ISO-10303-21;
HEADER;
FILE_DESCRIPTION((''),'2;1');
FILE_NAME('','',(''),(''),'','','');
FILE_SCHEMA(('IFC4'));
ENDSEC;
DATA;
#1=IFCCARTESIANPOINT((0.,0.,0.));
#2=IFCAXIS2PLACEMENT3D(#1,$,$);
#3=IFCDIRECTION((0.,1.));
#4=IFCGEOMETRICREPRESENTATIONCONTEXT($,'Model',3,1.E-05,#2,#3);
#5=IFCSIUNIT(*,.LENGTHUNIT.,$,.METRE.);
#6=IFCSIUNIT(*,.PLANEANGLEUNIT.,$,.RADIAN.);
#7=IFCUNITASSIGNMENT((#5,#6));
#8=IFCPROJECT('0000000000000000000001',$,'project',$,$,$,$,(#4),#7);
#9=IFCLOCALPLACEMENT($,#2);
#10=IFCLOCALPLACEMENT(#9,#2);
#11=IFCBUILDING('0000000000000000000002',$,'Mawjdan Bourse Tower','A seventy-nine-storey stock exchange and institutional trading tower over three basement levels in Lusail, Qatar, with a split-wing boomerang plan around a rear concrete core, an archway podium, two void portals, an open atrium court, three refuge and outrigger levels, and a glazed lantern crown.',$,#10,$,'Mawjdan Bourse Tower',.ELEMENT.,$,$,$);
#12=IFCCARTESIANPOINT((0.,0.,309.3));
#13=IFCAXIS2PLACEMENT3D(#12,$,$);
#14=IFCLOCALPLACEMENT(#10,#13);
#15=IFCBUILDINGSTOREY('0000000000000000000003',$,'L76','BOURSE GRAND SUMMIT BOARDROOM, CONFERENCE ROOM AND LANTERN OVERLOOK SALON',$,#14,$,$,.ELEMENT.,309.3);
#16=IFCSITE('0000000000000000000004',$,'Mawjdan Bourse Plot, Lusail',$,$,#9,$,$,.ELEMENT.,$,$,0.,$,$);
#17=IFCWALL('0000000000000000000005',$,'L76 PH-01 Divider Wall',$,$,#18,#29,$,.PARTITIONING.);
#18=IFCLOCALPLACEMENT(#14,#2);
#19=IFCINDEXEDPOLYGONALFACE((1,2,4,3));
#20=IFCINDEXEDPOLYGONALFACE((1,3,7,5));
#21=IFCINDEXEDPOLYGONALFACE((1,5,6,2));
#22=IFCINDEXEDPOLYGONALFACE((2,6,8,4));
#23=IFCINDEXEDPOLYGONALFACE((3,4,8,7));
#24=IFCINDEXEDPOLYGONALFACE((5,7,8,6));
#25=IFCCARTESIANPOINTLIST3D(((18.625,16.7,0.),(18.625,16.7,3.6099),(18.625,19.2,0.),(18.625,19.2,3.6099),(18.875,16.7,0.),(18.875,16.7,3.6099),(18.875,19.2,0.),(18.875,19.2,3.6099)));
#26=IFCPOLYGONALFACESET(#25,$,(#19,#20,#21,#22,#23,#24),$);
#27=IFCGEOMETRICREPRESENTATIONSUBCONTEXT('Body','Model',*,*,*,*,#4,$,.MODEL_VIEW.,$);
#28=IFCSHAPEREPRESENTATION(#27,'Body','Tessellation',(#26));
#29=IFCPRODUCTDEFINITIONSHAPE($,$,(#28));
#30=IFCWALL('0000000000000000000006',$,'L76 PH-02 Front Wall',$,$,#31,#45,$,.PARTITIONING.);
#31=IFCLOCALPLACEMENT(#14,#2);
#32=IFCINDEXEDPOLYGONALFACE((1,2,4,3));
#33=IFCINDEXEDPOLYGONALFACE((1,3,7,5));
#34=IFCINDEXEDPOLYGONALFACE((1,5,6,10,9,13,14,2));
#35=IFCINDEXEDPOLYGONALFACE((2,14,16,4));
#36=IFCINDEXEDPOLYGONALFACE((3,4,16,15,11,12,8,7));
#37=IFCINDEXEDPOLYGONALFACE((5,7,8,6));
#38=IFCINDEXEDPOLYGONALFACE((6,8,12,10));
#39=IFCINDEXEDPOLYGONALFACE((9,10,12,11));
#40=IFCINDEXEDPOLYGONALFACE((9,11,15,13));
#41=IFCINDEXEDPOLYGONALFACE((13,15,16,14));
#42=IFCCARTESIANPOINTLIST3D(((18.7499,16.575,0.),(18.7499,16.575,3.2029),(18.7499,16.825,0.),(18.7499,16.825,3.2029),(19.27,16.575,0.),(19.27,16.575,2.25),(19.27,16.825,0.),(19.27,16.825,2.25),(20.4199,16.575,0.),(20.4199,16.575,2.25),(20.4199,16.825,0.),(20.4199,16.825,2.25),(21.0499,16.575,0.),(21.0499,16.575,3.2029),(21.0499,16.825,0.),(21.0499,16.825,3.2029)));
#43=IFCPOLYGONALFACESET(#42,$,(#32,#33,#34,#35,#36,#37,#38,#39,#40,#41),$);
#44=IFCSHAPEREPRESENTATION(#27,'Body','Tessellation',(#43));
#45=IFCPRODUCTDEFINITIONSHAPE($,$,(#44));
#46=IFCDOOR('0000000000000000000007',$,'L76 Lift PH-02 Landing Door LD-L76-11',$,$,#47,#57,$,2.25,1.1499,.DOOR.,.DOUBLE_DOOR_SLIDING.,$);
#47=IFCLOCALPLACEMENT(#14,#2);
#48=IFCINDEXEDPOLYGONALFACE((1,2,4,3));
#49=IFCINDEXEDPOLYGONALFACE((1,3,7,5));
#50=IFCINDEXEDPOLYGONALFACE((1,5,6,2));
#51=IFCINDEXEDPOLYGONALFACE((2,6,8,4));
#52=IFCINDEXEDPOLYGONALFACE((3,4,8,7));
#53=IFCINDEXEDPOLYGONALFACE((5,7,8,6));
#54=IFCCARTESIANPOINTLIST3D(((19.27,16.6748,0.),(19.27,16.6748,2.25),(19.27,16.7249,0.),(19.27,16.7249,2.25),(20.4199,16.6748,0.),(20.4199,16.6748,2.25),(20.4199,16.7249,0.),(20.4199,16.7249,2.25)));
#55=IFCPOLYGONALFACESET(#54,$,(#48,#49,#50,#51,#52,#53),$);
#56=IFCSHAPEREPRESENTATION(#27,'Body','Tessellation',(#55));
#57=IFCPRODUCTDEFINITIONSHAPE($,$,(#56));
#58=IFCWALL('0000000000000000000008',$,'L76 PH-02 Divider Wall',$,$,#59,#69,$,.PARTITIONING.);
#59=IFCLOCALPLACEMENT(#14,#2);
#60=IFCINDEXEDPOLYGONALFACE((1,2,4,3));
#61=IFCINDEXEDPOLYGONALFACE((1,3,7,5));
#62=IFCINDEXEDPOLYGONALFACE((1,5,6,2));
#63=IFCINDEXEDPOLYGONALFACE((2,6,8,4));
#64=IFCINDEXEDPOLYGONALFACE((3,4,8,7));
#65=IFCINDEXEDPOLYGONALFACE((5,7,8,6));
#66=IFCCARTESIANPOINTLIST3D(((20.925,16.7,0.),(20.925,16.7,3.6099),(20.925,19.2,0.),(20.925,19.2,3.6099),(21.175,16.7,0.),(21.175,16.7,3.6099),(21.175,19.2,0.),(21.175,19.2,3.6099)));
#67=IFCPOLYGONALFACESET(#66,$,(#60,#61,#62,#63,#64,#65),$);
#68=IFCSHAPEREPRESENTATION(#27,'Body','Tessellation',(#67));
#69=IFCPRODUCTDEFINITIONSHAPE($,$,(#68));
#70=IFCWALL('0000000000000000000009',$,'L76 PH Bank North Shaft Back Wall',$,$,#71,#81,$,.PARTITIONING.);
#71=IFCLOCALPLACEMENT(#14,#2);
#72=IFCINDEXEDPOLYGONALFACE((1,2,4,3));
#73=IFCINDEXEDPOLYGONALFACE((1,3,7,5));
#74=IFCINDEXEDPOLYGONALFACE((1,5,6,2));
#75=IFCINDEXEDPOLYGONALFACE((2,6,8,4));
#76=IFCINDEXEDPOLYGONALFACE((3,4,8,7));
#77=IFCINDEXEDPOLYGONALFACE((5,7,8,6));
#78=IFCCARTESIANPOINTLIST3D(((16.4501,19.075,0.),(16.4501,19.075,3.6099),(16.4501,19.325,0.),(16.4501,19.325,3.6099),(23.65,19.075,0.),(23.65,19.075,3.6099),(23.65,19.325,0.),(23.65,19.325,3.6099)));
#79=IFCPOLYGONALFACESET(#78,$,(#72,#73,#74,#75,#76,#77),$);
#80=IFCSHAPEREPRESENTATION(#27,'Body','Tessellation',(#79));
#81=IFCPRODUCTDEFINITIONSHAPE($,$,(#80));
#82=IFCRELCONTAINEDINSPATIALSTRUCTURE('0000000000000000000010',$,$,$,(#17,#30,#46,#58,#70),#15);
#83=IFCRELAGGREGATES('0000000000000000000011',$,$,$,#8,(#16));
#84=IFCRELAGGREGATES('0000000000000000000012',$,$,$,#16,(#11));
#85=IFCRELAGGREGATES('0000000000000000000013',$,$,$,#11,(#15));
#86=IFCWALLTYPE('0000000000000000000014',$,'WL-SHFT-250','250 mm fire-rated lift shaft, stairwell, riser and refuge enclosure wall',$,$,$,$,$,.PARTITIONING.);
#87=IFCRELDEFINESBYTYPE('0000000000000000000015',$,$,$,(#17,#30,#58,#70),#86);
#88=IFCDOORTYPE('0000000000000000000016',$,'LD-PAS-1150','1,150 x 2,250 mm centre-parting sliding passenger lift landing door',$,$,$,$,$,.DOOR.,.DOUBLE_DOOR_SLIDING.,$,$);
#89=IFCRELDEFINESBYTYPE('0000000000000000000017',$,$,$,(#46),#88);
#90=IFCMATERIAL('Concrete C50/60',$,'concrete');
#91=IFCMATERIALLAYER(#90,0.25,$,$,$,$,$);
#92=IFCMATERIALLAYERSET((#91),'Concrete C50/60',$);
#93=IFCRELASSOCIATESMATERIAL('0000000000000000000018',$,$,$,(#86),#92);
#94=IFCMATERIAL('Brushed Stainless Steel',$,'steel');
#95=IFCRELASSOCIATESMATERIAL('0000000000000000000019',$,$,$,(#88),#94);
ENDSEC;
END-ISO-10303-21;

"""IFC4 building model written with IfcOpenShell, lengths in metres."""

from ifc_helpers import new_model, si_unit, direction, frame, frame_2d, origin, place, context, subcontext, project, spatial, rectangle, extrude, material, layer, layer_set, type_object, element, fill, save


model = new_model("IFC4")

# Units and contexts
model_context = context("Model", 3, precision=1e-05, world=origin(), true_north=direction((0.0, 1.0)))
body_context = subcontext(model_context, "Body", "Model", "MODEL_VIEW")
ifc_project = project(units=[si_unit("LENGTHUNIT", "METRE"), si_unit("PLANEANGLEUNIT", "RADIAN")], contexts=[model_context])

# Site, building, storey
site_placement = place(None, origin())
site = spatial("IfcSite", under=ifc_project, at=site_placement, Name="Mawjdan Bourse Plot, Lusail", CompositionType="ELEMENT", RefElevation=0.0)
building_placement = place(site_placement, origin())
building = spatial("IfcBuilding", under=site, at=building_placement, Name="Mawjdan Bourse Tower", Description="A seventy-nine-storey stock exchange and institutional trading tower over three basement levels in Lusail, Qatar, with a split-wing boomerang plan around a rear concrete core, an archway podium, two void portals, an open atrium court, three refuge and outrigger levels, and a glazed lantern crown.", LongName="Mawjdan Bourse Tower", CompositionType="ELEMENT")
storey_placement = place(building_placement, frame((0.0, 0.0, 309.3)))
storey = spatial("IfcBuildingStorey", under=building, at=storey_placement, Name="L76", Description="BOURSE GRAND SUMMIT BOARDROOM, CONFERENCE ROOM AND LANTERN OVERLOOK SALON", CompositionType="ELEMENT", Elevation=309.3)

# Shared definitions
ifc_material_1 = material(Name="Concrete C50/60", Category="concrete")
ifc_layer_1 = layer(ifc_material_1, 0.25)
ifc_layer_set_1 = layer_set([ifc_layer_1], Name="Concrete C50/60")
wall_type_1 = type_object("IfcWallType", Name="WL-SHFT-250", Description="250 mm fire-rated lift shaft, stairwell, riser and refuge enclosure wall", PredefinedType="PARTITIONING", material=ifc_layer_set_1)

# Shared definitions
ifc_material_2 = material(Name="Brushed Stainless Steel", Category="steel")
door_type_1 = type_object("IfcDoorType", Name="LD-PAS-1150", Description="1,150 x 2,250 mm centre-parting sliding passenger lift landing door", OperationType="DOUBLE_DOOR_SLIDING", PredefinedType="DOOR", material=ifc_material_2)

# Wall
wall_1_placement = place(storey_placement, frame((18.75, 16.7, 0.0), z_axis=(0.0, 0.0, 1.0), x_axis=(0.0, 1.0, 0.0)))
element("IfcWall", 1, at=wall_1_placement, inside=storey, type_object=wall_type_1, Name="L76 PH-01 Divider Wall", PredefinedType="PARTITIONING", context=body_context, shape_type="SweptSolid", body=[
    extrude(rectangle(XDim=2.5, YDim=0.25, at=frame_2d((1.25, 0.0))), origin(), (0.0, 0.0, 1.0), 3.6099),
])

# Wall, opening, door
wall_2_placement = place(storey_placement, frame((18.75, 16.7, 0.0), z_axis=(0.0, 0.0, 1.0), x_axis=(1.0, 0.0, 0.0)))
wall_2 = element("IfcWall", 2, at=wall_2_placement, inside=storey, type_object=wall_type_1, Name="L76 PH-02 Front Wall", PredefinedType="PARTITIONING", context=body_context, shape_type="SweptSolid", body=[
    extrude(rectangle(XDim=2.3, YDim=0.25, at=frame_2d((1.1499, 0.0))), origin(), (0.0, 0.0, 1.0), 3.2029),
])
opening_1_placement = place(wall_2_placement, frame((0.52, 0.0, 0.0)))
opening_1 = element("IfcOpeningElement", 3, at=opening_1_placement, cuts=wall_2, PredefinedType="OPENING", context=body_context, shape_type="SweptSolid", body=[
    extrude(rectangle(XDim=1.1499, YDim=2.25, at=frame_2d((0.575, 1.125))), frame((0.0, 0.135, 0.0), z_axis=(0.0, -1.0, 0.0), x_axis=(1.0, 0.0, 0.0)), (0.0, 0.0, 1.0), 0.27),
])
door_1_placement = place(opening_1_placement, origin())
door_1 = element("IfcDoor", 4, at=door_1_placement, inside=storey, type_object=door_type_1, Name="L76 Lift PH-02 Landing Door LD-L76-11", OperationType="DOUBLE_DOOR_SLIDING", OverallHeight=2.25, OverallWidth=1.1499, PredefinedType="DOOR", context=body_context, shape_type="SweptSolid", body=[
    extrude(rectangle(XDim=1.1499, YDim=2.25, at=frame_2d((0.575, 1.125))), frame((0.0, 0.0249, 0.0), z_axis=(0.0, -1.0, 0.0), x_axis=(1.0, 0.0, 0.0)), (0.0, 0.0, 1.0), 0.05),
])
fill(opening_1, door_1)

# Walls
wall_3_placement = place(storey_placement, frame((21.05, 16.7, 0.0), z_axis=(0.0, 0.0, 1.0), x_axis=(0.0, 1.0, 0.0)))
element("IfcWall", 5, at=wall_3_placement, inside=storey, type_object=wall_type_1, Name="L76 PH-02 Divider Wall", PredefinedType="PARTITIONING", context=body_context, shape_type="SweptSolid", body=[
    extrude(rectangle(XDim=2.5, YDim=0.25, at=frame_2d((1.25, 0.0))), origin(), (0.0, 0.0, 1.0), 3.6099),
])
wall_4_placement = place(storey_placement, frame((16.45, 19.2, 0.0), z_axis=(0.0, 0.0, 1.0), x_axis=(1.0, 0.0, 0.0)))
element("IfcWall", 6, at=wall_4_placement, inside=storey, type_object=wall_type_1, Name="L76 PH Bank North Shaft Back Wall", PredefinedType="PARTITIONING", context=body_context, shape_type="SweptSolid", body=[
    extrude(rectangle(XDim=7.2, YDim=0.25, at=frame_2d((3.6001, 0.0))), origin(), (0.0, 0.0, 1.0), 3.6099),
])

save(model, "model.ifc")
